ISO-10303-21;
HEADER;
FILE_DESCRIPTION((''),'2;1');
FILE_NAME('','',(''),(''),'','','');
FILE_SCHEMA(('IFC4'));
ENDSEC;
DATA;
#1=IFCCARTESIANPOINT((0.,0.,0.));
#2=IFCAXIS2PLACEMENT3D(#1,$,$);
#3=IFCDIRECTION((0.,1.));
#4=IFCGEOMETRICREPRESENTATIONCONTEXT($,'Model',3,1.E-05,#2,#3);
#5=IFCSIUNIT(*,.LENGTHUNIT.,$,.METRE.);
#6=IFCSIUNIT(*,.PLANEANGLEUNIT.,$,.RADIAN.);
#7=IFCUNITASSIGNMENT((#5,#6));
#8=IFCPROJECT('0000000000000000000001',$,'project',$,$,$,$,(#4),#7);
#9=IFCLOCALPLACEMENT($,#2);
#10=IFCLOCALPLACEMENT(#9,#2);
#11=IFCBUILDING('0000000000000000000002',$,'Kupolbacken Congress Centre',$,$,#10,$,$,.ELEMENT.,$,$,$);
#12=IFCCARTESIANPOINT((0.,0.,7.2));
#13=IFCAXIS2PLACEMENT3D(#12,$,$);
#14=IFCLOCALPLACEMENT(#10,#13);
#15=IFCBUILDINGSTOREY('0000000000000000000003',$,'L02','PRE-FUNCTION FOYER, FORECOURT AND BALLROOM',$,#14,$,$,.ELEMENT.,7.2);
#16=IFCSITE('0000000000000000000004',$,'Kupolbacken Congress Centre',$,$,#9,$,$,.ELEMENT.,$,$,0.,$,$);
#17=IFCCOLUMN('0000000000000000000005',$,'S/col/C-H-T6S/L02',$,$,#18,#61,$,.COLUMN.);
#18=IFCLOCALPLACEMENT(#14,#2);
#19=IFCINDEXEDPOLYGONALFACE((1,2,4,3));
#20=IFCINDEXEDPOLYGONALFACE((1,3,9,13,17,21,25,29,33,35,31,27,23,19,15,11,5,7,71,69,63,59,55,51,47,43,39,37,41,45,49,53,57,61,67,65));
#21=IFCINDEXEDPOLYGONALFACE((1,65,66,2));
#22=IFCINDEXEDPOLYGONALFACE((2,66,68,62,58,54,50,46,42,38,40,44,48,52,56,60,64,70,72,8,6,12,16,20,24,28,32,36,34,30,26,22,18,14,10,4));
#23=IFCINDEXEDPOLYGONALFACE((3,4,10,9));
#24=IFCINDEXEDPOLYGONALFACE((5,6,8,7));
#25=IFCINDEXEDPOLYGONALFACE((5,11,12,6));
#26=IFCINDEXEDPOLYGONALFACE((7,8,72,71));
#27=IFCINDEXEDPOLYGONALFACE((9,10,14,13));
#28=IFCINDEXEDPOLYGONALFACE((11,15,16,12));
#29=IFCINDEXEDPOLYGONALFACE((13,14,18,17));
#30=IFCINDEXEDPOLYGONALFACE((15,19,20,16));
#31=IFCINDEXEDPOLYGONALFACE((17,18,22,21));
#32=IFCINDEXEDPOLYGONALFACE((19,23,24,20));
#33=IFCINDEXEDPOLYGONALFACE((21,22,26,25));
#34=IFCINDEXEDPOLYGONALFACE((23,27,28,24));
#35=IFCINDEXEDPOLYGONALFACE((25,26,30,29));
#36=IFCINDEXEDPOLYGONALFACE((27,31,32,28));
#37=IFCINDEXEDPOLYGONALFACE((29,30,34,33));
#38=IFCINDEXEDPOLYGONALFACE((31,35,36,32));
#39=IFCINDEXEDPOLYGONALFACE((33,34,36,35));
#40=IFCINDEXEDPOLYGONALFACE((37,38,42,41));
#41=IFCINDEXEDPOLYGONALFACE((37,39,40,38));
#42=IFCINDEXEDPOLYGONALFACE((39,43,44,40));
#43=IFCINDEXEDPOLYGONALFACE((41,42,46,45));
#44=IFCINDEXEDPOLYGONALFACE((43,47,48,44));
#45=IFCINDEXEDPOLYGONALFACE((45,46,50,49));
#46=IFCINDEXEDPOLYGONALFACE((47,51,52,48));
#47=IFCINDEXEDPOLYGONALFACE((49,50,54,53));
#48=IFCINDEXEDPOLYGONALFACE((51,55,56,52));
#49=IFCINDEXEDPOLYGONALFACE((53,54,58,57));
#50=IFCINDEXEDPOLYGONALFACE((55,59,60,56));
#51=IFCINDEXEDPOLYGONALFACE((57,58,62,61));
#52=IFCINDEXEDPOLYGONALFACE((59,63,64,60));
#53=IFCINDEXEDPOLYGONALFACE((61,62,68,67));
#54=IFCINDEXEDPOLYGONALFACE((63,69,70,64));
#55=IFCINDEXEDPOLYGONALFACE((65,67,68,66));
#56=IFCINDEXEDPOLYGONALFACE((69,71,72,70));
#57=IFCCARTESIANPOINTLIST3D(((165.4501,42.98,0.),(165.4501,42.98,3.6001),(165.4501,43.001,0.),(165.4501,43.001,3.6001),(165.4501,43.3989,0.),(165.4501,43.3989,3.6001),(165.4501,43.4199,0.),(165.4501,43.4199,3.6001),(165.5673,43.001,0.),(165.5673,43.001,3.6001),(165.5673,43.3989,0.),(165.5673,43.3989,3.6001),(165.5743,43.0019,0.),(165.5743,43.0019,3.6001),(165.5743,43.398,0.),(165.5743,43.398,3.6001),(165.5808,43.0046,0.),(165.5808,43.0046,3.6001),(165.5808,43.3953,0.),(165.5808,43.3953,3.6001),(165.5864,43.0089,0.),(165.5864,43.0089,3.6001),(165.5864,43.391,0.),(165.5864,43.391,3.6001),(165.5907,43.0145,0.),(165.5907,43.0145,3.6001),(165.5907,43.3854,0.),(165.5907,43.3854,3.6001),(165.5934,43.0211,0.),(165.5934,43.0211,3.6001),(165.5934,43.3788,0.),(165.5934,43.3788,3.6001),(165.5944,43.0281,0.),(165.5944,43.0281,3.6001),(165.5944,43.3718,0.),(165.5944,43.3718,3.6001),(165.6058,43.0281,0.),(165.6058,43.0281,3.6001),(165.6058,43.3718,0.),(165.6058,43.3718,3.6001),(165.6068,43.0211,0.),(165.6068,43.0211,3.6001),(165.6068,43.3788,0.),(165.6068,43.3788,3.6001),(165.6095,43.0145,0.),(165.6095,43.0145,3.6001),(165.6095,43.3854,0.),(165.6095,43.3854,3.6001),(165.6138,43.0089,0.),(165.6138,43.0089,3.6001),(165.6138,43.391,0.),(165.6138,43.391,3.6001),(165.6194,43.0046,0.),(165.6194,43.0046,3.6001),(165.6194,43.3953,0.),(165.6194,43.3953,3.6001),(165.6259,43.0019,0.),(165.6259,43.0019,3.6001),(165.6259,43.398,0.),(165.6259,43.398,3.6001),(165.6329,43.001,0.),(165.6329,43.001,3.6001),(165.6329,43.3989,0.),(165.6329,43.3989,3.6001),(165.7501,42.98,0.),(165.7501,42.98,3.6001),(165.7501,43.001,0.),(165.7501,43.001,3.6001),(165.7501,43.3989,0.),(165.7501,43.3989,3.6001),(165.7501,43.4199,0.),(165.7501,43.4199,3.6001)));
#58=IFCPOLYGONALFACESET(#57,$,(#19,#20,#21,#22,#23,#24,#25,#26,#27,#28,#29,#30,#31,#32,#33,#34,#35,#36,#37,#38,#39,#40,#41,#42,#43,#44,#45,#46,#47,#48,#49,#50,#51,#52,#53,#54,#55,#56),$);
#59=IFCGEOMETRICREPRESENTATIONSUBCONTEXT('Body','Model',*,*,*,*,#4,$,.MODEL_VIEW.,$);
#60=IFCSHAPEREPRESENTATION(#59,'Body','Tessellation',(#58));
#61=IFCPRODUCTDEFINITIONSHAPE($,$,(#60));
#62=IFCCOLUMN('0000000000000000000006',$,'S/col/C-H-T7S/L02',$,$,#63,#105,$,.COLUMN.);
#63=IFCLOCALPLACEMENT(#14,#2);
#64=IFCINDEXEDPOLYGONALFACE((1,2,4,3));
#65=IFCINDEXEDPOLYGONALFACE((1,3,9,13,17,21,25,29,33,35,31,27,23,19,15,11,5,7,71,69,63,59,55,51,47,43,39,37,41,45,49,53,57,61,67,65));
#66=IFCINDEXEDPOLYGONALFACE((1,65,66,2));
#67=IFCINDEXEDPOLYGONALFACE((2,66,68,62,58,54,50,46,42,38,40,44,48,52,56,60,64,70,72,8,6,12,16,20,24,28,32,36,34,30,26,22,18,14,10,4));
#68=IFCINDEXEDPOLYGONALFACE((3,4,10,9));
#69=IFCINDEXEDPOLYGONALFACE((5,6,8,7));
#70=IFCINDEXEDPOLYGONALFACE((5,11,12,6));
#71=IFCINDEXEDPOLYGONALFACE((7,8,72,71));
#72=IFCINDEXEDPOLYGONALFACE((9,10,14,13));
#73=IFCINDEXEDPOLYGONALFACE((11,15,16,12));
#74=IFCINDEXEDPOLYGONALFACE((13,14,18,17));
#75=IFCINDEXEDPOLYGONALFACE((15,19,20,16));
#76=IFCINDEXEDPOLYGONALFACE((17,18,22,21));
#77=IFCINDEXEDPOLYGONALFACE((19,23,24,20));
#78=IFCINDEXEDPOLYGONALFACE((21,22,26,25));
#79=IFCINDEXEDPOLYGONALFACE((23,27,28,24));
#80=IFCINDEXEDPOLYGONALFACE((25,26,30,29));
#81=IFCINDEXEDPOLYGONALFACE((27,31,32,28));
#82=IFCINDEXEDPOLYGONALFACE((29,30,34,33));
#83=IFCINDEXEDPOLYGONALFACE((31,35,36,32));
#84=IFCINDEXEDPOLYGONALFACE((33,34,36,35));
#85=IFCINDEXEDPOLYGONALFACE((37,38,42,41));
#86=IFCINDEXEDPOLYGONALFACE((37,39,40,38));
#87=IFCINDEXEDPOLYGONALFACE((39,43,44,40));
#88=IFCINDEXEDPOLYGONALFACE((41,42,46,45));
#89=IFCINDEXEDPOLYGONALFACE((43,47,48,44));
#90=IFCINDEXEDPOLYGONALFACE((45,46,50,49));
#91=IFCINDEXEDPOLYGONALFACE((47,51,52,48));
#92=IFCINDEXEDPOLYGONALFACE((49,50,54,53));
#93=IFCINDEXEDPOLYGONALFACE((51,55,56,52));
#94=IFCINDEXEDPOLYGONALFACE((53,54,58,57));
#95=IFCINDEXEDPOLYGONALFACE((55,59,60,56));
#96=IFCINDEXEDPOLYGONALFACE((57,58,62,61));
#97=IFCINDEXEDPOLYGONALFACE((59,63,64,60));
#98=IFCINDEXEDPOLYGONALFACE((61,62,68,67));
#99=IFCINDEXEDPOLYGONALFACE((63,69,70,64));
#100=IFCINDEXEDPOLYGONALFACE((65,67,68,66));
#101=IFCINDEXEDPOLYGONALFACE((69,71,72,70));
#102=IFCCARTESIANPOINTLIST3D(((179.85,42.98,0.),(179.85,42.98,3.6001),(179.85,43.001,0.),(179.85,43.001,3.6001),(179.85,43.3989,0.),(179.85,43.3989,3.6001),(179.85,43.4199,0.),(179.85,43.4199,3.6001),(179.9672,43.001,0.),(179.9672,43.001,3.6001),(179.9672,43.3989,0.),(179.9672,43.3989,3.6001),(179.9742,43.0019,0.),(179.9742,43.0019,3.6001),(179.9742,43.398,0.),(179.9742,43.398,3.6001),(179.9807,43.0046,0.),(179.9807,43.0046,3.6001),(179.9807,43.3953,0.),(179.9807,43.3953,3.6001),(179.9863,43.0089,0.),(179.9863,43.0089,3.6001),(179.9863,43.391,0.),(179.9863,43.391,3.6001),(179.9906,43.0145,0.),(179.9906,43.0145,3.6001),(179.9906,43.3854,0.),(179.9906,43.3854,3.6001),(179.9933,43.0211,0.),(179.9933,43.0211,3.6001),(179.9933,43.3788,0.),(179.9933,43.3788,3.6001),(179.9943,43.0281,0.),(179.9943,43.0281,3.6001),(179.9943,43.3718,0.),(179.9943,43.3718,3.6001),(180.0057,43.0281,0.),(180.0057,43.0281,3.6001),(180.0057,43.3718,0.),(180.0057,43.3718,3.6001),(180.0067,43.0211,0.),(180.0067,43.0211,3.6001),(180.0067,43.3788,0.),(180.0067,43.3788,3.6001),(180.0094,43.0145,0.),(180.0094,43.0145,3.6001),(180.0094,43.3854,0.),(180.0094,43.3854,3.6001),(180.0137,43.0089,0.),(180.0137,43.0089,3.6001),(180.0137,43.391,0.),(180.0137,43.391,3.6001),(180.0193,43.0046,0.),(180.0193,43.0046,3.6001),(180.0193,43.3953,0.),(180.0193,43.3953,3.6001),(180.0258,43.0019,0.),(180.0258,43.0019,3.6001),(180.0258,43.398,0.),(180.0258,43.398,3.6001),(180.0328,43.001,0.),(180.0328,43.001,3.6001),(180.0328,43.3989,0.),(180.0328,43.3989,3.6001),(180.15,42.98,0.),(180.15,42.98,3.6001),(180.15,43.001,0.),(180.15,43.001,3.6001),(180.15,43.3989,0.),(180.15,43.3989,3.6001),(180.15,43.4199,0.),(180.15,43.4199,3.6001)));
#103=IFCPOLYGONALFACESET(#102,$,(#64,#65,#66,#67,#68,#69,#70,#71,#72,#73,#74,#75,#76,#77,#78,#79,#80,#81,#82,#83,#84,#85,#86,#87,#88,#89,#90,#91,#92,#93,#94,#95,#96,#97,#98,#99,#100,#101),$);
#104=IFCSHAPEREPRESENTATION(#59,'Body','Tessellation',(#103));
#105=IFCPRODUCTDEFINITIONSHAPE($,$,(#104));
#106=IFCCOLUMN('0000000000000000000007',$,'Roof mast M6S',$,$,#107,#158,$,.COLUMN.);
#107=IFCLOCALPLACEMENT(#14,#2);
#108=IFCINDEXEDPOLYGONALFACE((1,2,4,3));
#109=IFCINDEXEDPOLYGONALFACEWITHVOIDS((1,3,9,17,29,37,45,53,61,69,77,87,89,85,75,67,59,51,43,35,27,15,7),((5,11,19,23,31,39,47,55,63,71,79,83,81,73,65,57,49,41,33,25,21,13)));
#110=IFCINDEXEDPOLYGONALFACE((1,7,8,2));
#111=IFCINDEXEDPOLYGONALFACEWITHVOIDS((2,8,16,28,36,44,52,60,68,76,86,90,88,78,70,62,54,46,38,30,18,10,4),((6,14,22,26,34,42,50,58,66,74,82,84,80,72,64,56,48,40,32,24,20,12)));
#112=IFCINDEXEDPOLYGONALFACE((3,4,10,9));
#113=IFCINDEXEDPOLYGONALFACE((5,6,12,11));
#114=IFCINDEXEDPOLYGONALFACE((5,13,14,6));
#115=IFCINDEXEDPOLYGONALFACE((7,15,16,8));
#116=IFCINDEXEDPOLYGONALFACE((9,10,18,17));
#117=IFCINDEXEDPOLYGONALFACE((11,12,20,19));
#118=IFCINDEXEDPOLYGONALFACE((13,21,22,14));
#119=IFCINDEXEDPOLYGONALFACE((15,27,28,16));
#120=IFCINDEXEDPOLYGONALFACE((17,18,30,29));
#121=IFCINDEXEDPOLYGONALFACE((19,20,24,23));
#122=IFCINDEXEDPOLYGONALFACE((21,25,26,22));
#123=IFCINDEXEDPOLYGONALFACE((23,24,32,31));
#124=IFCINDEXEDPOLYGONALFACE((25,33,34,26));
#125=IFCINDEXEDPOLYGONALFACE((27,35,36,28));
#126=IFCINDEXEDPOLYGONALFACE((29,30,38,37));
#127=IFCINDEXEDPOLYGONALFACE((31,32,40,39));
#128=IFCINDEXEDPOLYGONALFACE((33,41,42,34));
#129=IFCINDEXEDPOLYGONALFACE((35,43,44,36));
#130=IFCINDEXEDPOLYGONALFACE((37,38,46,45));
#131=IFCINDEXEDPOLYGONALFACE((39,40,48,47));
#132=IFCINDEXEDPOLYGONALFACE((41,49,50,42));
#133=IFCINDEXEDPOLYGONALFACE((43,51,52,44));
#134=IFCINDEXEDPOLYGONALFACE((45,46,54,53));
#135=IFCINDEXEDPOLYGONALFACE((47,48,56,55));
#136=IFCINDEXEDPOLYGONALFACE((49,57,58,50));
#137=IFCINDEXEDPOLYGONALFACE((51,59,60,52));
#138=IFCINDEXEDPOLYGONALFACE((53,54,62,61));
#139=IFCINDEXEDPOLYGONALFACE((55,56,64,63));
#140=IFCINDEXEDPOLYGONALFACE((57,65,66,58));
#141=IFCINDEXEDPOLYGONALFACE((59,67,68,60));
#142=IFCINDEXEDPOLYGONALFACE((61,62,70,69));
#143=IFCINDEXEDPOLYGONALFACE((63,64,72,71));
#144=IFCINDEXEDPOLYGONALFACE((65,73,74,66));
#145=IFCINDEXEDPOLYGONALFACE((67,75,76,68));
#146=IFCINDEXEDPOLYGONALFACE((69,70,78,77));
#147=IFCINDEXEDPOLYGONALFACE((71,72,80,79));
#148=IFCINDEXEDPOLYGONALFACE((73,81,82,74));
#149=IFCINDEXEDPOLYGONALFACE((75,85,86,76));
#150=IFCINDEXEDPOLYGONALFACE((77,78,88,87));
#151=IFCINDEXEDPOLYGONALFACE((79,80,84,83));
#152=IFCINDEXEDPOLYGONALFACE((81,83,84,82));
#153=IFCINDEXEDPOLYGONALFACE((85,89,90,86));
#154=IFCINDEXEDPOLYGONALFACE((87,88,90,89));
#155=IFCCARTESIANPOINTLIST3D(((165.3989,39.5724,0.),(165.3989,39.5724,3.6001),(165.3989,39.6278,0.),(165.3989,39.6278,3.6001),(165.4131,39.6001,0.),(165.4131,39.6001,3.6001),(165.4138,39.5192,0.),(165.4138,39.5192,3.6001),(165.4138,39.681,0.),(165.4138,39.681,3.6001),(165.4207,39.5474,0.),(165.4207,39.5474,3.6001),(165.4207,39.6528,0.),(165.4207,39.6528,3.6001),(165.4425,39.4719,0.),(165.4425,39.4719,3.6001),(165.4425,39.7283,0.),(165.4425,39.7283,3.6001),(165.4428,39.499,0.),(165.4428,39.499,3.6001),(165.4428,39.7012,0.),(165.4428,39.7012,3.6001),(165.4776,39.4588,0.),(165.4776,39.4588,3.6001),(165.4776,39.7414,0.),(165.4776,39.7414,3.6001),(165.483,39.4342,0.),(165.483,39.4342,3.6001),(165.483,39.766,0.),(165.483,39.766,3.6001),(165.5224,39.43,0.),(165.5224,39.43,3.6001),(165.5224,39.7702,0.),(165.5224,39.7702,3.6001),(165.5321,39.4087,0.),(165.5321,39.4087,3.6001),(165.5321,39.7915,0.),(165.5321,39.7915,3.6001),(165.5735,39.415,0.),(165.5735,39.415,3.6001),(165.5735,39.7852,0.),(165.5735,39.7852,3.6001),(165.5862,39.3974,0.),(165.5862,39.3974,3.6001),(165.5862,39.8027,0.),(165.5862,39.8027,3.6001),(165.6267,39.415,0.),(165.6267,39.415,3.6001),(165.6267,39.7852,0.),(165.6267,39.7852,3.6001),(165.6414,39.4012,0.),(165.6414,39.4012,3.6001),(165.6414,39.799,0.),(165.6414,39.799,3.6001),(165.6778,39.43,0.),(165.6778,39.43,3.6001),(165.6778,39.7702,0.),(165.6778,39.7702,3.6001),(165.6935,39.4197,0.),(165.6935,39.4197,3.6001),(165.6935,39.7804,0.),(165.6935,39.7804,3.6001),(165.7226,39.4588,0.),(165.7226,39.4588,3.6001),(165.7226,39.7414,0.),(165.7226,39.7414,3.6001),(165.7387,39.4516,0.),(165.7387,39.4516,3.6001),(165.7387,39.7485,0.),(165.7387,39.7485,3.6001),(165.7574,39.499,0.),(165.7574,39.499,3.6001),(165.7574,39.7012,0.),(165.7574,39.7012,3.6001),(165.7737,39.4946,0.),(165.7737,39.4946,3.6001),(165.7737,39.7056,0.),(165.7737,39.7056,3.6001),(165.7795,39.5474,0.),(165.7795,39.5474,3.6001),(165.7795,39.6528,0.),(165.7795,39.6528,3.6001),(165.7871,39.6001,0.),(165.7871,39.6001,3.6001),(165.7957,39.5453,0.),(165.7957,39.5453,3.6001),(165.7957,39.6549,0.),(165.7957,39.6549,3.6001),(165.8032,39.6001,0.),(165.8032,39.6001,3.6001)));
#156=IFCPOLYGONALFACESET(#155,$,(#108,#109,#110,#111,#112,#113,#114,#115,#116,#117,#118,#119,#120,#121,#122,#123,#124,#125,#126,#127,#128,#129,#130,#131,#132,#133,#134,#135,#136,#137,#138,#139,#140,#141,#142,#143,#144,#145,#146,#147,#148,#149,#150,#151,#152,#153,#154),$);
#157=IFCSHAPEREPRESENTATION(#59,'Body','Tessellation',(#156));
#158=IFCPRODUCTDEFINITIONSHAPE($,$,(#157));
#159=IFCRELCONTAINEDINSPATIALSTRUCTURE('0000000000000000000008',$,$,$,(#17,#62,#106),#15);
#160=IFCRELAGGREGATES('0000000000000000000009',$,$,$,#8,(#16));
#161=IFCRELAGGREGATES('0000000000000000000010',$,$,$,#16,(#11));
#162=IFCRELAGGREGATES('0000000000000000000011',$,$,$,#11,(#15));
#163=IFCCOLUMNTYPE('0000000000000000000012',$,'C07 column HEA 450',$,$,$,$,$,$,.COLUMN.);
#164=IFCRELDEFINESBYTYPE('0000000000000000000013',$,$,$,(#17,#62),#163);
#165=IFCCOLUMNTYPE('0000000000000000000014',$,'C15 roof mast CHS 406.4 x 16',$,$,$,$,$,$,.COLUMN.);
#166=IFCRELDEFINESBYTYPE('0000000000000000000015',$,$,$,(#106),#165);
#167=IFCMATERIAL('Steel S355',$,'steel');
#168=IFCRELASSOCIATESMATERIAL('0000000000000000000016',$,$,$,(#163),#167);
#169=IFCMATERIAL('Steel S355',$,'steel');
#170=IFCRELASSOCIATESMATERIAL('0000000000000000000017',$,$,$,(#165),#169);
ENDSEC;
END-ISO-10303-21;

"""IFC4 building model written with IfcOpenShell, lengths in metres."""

from ifc_helpers import new_model, si_unit, direction, frame, origin, origin_2d, place, context, subcontext, project, spatial, hollow_circle, i_section, extrude, material, material_profile, profile_set, type_object, element, save


model = new_model("IFC4")

# Units and contexts
model_context = context("Model", 3, precision=1e-05, world=origin(), true_north=direction((0.0, 1.0)))
body_context = subcontext(model_context, "Body", "Model", "MODEL_VIEW")
ifc_project = project(units=[si_unit("LENGTHUNIT", "METRE"), si_unit("PLANEANGLEUNIT", "RADIAN")], contexts=[model_context])

# Site, building, storey
site_placement = place(None, origin())
site = spatial("IfcSite", under=ifc_project, at=site_placement, Name="Kupolbacken Congress Centre", CompositionType="ELEMENT", RefElevation=0.0)
building_placement = place(site_placement, origin())
building = spatial("IfcBuilding", under=site, at=building_placement, Name="Kupolbacken Congress Centre", CompositionType="ELEMENT")
storey_placement = place(building_placement, frame((0.0, 0.0, 7.2)))
storey = spatial("IfcBuildingStorey", under=building, at=storey_placement, Name="L02", Description="PRE-FUNCTION FOYER, FORECOURT AND BALLROOM", CompositionType="ELEMENT", Elevation=7.2)

# Columns
ifc_material_1 = material(Name="Steel S355", Category="steel")
ifc_material_profile_1 = material_profile(ifc_material_1, i_section(OverallWidth=0.3, OverallDepth=0.4399, WebThickness=0.0115, FlangeThickness=0.021, FilletRadius=0.0271, at=origin_2d()), Name="HEA 450")
ifc_profile_set_1 = profile_set([ifc_material_profile_1], Name="Steel S355")
column_type_1 = type_object("IfcColumnType", Name="C07 column HEA 450", PredefinedType="COLUMN", material=ifc_profile_set_1)
for number, where, z_axis, x_axis, name in (
    (1, (165.6001, 43.2, 0.0), (0.0, 0.0, 1.0), (1.0, 0.0, 0.0), "S/col/C-H-T6S/L02"),
    (2, (180.0, 43.2, 0.0), (0.0, 0.0, 1.0), (1.0, 0.0, 0.0), "S/col/C-H-T7S/L02"),
):
    element("IfcColumn", number, at=place(storey_placement, frame(where, z_axis=z_axis, x_axis=x_axis)), inside=storey, type_object=column_type_1, Name=name, PredefinedType="COLUMN", context=body_context, shape_type="SweptSolid", body=[
        extrude(i_section(OverallWidth=0.3, OverallDepth=0.4399, WebThickness=0.0115, FlangeThickness=0.021, FilletRadius=0.0271, at=origin_2d()), origin(), (0.0, 0.0, 1.0), 3.6001),
    ])
ifc_material_2 = material(Name="Steel S355", Category="steel")
ifc_material_profile_2 = material_profile(ifc_material_2, hollow_circle(Radius=0.2031, WallThickness=0.0161, at=origin_2d()), Name="CHS 406.4 x 16")
ifc_profile_set_2 = profile_set([ifc_material_profile_2], Name="Steel S355")
column_type_2 = type_object("IfcColumnType", Name="C15 roof mast CHS 406.4 x 16", PredefinedType="COLUMN", material=ifc_profile_set_2)
for number, where, z_axis, x_axis, name in (
    (3, (165.6001, 39.6001, 0.0), (0.0, 0.0, 1.0), (1.0, 0.0, 0.0), "Roof mast M6S"),
):
    element("IfcColumn", number, at=place(storey_placement, frame(where, z_axis=z_axis, x_axis=x_axis)), inside=storey, type_object=column_type_2, Name=name, PredefinedType="COLUMN", context=body_context, shape_type="SweptSolid", body=[
        extrude(hollow_circle(Radius=0.2031, WallThickness=0.0161, at=origin_2d()), origin(), (0.0, 0.0, 1.0), 3.6001),
    ])

save(model, "model.ifc")
